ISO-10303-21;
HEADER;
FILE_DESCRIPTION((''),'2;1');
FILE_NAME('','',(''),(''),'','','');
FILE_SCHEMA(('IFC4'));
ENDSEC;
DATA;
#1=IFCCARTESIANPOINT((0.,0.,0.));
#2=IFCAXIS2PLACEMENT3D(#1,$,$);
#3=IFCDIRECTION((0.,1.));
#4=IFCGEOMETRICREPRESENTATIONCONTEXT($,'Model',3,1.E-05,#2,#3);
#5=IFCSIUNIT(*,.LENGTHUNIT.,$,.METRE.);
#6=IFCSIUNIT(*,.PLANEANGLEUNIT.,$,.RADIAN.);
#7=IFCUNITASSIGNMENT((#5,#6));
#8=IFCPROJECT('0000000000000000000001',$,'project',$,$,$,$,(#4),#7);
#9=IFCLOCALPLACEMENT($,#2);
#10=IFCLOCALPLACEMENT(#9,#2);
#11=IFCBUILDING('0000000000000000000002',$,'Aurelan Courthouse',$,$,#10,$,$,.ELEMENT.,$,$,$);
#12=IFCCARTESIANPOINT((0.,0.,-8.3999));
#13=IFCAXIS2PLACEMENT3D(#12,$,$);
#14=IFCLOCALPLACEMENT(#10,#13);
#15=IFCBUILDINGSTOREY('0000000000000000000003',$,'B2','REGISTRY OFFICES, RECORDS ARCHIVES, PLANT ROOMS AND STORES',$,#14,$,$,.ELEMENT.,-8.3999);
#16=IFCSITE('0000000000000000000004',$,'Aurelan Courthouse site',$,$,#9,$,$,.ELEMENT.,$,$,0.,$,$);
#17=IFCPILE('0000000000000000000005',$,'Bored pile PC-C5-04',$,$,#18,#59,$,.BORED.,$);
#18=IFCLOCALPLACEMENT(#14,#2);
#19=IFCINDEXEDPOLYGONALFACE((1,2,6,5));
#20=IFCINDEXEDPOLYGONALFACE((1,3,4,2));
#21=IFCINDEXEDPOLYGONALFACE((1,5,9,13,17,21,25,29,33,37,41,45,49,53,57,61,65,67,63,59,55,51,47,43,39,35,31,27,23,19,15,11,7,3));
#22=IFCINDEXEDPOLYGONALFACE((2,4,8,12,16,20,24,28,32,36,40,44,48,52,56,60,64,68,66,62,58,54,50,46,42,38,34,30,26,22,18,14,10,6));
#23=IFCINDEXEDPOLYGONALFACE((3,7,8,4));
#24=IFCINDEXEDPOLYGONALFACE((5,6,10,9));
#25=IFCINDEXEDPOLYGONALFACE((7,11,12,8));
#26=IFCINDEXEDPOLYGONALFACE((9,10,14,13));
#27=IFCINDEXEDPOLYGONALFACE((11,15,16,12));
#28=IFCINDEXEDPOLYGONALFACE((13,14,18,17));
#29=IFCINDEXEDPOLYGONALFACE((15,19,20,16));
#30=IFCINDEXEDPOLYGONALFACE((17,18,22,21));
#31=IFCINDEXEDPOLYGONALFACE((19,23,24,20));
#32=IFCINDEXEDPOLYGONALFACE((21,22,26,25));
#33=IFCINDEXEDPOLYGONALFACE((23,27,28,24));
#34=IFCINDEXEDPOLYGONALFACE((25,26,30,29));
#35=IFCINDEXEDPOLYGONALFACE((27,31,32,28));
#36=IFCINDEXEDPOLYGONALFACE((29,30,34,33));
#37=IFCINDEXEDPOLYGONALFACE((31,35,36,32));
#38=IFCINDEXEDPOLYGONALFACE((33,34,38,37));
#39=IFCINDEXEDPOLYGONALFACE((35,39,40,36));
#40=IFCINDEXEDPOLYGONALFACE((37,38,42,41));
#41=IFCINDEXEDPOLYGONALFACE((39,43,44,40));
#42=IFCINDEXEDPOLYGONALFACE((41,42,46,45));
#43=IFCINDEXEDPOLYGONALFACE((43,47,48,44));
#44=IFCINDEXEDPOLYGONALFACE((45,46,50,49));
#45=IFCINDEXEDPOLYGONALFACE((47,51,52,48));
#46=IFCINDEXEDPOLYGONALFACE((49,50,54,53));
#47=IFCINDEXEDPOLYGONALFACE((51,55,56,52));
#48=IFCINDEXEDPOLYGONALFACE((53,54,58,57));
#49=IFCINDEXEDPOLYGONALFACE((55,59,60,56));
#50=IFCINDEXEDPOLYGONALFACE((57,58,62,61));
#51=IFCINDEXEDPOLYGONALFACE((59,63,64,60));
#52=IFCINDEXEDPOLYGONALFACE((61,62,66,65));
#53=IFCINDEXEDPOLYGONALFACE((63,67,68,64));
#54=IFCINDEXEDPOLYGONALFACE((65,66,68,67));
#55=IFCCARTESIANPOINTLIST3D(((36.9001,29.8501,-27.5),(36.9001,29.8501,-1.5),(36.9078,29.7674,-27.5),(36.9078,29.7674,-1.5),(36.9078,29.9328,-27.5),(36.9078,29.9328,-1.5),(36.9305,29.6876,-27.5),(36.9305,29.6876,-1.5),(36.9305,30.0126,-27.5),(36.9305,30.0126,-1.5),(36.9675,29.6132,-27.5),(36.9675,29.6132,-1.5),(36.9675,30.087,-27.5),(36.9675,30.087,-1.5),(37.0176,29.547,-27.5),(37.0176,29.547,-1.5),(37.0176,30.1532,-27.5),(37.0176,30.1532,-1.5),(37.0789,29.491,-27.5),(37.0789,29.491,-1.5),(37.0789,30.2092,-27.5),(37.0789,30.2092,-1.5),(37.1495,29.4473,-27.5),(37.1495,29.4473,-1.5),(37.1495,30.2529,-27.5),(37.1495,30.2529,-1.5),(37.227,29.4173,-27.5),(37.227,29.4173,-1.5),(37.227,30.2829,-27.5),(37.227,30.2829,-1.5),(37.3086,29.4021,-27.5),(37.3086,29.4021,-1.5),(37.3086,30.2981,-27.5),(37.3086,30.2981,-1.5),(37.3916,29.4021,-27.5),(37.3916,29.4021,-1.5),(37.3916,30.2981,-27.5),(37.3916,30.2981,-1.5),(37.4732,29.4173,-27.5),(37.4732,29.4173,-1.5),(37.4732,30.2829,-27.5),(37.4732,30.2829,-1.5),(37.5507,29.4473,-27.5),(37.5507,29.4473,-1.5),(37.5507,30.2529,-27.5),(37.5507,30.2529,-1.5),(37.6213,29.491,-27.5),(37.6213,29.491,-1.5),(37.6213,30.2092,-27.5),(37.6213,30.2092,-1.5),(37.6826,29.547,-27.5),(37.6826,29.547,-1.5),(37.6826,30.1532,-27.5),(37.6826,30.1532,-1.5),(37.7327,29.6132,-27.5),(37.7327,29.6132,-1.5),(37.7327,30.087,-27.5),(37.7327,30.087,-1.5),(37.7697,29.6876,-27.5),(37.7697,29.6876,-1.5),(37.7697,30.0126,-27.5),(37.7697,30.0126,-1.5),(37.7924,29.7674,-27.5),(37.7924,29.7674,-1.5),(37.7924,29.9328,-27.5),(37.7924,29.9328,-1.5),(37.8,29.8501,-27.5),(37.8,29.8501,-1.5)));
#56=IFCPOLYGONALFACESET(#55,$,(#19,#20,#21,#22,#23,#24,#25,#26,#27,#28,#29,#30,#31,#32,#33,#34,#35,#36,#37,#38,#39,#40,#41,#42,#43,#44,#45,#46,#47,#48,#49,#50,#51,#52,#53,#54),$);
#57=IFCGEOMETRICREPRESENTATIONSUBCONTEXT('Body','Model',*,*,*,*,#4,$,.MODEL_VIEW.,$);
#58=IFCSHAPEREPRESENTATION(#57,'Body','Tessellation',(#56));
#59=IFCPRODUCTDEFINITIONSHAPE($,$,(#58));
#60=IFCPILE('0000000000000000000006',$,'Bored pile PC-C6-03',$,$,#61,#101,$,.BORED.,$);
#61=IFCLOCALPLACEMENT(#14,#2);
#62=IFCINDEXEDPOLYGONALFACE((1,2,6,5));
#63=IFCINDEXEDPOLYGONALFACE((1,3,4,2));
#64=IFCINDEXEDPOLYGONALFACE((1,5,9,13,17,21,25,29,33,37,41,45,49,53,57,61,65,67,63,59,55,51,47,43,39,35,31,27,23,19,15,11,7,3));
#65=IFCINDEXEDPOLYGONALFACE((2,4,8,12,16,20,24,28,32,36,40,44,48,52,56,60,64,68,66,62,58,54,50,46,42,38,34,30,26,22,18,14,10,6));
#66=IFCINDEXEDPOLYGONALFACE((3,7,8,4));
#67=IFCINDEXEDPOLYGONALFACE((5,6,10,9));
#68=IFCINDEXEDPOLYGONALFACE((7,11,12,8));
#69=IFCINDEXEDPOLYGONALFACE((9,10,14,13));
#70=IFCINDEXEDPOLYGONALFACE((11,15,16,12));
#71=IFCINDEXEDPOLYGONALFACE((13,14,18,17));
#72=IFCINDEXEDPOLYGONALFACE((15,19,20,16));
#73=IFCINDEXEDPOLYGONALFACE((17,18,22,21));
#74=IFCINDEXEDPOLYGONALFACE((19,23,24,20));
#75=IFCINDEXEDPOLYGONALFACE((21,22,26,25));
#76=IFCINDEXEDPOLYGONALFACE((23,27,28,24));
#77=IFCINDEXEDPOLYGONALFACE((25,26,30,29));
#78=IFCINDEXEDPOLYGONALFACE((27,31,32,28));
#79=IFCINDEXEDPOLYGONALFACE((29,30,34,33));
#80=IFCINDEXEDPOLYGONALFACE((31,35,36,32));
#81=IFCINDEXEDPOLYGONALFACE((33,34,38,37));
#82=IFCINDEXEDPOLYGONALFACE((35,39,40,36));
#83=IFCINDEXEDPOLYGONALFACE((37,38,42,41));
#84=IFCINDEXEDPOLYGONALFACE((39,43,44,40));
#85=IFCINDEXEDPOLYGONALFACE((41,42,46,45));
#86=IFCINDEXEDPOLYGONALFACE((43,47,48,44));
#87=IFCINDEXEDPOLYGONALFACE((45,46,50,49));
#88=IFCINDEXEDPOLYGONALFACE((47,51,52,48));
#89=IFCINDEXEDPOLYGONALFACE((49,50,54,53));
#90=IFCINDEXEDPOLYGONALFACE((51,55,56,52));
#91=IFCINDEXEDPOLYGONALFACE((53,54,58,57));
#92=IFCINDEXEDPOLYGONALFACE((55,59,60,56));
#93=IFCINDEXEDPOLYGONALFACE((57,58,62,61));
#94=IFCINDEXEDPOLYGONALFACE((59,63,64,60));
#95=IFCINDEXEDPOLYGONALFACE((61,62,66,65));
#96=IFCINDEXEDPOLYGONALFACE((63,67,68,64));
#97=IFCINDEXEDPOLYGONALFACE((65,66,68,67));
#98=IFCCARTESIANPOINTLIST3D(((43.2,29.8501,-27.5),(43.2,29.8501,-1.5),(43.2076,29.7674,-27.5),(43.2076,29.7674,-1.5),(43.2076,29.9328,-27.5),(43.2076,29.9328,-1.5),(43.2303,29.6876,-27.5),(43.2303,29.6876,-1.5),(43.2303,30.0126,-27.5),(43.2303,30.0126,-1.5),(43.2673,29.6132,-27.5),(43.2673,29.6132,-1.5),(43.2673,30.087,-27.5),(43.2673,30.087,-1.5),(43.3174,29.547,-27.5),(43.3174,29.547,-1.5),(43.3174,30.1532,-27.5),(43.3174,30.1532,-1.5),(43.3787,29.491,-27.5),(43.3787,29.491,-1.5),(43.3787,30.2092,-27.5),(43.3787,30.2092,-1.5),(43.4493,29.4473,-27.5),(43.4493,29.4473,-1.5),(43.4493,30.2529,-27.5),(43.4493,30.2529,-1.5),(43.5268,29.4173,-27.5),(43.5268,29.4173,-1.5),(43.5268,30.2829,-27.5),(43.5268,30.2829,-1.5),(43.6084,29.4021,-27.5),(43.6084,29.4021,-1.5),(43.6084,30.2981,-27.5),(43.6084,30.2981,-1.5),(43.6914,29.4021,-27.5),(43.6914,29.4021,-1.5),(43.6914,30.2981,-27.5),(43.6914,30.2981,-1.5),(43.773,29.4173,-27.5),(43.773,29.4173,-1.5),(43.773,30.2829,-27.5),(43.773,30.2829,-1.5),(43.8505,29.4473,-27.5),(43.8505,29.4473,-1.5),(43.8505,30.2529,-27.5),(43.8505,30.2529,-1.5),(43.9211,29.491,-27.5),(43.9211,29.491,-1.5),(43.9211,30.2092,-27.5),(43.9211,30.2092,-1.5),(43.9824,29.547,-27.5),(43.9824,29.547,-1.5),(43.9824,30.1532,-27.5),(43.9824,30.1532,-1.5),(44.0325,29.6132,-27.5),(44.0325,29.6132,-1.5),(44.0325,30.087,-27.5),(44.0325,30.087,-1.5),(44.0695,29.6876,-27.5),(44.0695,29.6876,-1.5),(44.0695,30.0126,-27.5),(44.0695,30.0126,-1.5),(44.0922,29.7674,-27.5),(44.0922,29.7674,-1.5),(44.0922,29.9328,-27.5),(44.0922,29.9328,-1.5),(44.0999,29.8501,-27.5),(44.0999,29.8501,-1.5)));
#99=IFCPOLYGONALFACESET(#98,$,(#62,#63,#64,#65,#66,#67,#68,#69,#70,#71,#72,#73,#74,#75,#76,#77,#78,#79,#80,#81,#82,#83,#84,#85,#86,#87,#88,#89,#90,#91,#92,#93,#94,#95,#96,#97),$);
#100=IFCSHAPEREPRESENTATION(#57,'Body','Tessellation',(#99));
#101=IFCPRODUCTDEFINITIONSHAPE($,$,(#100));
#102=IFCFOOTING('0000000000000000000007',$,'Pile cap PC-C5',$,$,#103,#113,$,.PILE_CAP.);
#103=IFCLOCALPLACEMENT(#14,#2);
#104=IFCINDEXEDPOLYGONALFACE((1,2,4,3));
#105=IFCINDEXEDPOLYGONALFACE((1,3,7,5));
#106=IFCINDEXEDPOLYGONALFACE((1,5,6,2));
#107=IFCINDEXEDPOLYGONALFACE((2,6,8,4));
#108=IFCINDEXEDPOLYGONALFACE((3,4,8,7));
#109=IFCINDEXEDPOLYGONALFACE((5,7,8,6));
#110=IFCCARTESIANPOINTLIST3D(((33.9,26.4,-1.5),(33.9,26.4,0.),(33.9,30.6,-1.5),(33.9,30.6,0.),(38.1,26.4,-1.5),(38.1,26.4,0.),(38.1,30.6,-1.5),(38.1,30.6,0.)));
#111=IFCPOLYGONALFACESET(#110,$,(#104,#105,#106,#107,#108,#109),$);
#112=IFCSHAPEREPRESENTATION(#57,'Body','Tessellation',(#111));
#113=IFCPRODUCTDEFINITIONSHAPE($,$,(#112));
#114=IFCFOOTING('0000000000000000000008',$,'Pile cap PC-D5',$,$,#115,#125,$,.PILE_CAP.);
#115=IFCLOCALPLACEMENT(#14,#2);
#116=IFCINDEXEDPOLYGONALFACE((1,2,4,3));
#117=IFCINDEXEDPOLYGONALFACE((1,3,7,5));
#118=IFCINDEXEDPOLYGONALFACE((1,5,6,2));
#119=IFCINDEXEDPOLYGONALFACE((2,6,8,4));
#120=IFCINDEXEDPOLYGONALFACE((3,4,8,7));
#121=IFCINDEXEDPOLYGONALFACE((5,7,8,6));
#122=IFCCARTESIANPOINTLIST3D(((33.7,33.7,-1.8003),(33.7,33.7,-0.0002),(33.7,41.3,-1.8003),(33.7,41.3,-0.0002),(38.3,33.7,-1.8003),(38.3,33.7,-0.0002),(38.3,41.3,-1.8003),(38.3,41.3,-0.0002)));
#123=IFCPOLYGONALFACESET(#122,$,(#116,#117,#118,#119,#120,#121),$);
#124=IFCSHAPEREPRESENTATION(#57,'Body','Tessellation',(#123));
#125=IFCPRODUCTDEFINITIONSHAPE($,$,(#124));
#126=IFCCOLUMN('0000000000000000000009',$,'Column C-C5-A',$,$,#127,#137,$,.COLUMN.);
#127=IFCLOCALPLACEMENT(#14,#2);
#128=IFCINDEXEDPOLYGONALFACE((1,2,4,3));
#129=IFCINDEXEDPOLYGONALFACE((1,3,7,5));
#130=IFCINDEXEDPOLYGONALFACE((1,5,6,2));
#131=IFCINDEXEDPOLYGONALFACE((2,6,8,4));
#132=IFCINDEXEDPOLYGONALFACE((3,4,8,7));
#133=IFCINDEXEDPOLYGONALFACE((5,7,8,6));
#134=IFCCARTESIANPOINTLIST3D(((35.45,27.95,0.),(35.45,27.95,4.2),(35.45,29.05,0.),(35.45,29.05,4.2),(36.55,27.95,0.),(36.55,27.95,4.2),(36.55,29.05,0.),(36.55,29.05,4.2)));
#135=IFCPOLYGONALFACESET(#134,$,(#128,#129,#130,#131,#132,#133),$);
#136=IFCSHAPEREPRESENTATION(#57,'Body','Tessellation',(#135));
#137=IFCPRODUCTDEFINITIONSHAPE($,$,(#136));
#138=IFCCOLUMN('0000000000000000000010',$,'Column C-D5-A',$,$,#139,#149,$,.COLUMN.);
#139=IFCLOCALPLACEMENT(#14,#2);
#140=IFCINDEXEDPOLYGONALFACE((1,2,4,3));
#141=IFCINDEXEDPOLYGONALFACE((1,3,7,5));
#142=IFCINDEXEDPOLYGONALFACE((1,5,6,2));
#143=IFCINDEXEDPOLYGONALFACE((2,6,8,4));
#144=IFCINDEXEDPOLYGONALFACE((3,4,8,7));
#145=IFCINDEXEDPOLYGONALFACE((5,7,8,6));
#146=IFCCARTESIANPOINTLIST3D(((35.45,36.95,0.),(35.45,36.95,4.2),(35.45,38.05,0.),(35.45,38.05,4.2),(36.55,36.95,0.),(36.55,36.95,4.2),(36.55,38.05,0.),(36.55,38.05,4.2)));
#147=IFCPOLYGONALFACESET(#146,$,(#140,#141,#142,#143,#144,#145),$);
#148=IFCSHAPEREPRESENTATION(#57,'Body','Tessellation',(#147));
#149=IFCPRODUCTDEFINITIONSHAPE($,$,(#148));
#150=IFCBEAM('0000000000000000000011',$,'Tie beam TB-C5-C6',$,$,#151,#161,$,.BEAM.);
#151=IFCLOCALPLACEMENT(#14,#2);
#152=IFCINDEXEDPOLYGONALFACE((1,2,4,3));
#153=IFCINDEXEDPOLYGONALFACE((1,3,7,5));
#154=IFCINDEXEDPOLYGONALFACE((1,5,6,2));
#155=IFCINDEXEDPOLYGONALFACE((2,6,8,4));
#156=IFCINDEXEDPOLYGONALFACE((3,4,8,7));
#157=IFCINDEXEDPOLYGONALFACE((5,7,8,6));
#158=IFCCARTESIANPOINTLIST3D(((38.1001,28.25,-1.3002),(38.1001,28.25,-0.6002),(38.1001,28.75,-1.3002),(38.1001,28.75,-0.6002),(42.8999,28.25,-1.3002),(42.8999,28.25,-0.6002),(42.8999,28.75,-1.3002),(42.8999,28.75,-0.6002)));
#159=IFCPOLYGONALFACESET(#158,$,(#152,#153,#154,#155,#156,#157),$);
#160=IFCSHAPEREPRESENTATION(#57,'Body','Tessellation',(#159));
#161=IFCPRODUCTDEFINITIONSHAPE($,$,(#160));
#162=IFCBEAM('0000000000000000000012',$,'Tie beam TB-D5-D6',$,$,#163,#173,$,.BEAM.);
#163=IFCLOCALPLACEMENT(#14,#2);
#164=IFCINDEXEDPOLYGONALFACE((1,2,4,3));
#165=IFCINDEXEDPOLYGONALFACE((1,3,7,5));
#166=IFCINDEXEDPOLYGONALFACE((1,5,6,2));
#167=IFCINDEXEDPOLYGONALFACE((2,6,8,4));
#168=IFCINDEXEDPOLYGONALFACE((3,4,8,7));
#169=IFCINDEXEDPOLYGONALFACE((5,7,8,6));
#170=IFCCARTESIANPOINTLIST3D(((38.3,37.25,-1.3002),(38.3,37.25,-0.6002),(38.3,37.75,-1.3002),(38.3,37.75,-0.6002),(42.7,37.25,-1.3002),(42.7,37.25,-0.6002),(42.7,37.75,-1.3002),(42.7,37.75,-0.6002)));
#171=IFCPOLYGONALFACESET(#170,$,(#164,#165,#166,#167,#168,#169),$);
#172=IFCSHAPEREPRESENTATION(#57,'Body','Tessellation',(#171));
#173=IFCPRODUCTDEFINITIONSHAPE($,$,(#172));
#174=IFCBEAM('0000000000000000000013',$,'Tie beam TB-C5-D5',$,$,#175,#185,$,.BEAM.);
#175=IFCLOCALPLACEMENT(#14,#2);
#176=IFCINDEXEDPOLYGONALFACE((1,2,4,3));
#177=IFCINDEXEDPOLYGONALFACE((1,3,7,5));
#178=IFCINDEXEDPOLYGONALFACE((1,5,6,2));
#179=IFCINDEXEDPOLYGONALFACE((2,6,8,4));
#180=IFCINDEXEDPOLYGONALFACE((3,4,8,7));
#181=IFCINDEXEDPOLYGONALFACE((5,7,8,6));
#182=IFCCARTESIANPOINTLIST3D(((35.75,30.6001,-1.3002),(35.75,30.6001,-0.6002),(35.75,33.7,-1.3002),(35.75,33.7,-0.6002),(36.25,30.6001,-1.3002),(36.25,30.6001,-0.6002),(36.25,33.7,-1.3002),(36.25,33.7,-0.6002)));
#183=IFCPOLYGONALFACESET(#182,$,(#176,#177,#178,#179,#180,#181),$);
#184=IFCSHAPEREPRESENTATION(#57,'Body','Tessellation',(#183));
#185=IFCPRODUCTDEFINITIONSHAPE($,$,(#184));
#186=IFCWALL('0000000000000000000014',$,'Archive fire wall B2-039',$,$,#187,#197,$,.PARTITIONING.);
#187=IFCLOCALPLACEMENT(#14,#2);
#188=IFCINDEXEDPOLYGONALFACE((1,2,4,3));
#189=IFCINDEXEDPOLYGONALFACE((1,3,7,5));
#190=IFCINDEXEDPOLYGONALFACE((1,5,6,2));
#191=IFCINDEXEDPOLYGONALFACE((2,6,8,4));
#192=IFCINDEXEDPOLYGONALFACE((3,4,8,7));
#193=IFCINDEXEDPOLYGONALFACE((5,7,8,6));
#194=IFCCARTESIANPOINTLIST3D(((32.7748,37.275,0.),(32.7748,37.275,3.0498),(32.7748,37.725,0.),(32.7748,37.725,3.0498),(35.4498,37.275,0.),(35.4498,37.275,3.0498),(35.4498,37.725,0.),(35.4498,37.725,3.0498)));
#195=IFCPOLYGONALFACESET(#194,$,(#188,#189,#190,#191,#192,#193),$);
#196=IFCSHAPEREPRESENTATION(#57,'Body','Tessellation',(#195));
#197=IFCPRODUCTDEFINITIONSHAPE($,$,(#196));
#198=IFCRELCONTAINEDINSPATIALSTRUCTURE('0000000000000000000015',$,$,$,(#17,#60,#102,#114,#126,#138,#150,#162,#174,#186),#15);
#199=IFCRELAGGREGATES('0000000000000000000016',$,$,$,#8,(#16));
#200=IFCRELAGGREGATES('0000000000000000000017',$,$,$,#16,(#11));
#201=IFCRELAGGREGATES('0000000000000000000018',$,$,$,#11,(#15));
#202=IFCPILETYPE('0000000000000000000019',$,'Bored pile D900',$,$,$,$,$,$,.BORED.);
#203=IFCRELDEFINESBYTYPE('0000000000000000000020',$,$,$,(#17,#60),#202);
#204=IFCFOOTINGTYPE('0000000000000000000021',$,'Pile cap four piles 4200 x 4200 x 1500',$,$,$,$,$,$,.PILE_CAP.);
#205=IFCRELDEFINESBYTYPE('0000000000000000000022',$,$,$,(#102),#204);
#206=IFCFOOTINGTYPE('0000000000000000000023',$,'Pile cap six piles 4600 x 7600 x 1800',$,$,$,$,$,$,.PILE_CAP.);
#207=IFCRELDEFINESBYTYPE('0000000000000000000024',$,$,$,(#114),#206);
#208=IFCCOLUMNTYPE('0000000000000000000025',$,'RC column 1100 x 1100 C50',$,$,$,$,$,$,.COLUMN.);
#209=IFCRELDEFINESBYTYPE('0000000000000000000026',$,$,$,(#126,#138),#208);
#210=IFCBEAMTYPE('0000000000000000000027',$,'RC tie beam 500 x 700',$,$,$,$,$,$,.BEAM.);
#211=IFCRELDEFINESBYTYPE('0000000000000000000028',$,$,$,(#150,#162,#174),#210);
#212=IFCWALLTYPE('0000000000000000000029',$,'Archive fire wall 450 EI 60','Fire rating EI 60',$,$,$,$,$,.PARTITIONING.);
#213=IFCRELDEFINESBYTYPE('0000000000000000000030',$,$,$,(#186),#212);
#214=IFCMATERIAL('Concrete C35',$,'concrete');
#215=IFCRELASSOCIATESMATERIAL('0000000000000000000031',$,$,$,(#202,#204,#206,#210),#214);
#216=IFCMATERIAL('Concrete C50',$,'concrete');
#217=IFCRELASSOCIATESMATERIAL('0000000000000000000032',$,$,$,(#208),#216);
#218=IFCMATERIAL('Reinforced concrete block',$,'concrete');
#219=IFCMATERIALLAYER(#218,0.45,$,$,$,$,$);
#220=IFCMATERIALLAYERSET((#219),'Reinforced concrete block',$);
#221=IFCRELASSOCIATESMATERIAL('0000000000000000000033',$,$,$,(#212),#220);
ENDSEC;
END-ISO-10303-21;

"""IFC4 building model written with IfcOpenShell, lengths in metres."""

from ifc_helpers import new_model, si_unit, direction, frame, frame_2d, origin, origin_2d, place, context, subcontext, project, spatial, rectangle, circle, extrude, material, layer, layer_set, material_profile, profile_set, type_object, element, save


model = new_model("IFC4")

# Units and contexts
model_context = context("Model", 3, precision=1e-05, world=origin(), true_north=direction((0.0, 1.0)))
body_context = subcontext(model_context, "Body", "Model", "MODEL_VIEW")
ifc_project = project(units=[si_unit("LENGTHUNIT", "METRE"), si_unit("PLANEANGLEUNIT", "RADIAN")], contexts=[model_context])

# Site, building, storey
site_placement = place(None, origin())
site = spatial("IfcSite", under=ifc_project, at=site_placement, Name="Aurelan Courthouse site", CompositionType="ELEMENT", RefElevation=0.0)
building_placement = place(site_placement, origin())
building = spatial("IfcBuilding", under=site, at=building_placement, Name="Aurelan Courthouse", CompositionType="ELEMENT")
storey_placement = place(building_placement, frame((0.0, 0.0, -8.3999)))
storey = spatial("IfcBuildingStorey", under=building, at=storey_placement, Name="B2", Description="REGISTRY OFFICES, RECORDS ARCHIVES, PLANT ROOMS AND STORES", CompositionType="ELEMENT", Elevation=-8.3999)

# Piles
ifc_material_1 = material(Name="Concrete C35", Category="concrete")
ifc_material_profile_1 = material_profile(ifc_material_1, circle(Radius=0.45, at=origin_2d()), Name="D900")
ifc_profile_set_1 = profile_set([ifc_material_profile_1], Name="Concrete C35")
pile_type_1 = type_object("IfcPileType", Name="Bored pile D900", PredefinedType="BORED", material=ifc_profile_set_1)
for number, where, z_axis, x_axis, name in (
    (1, (37.3501, 29.8501, -1.5), (0.0, 0.0, -1.0), (1.0, 0.0, 0.0), "Bored pile PC-C5-04"),
    (2, (43.6499, 29.8501, -1.5), (0.0, 0.0, -1.0), (1.0, 0.0, 0.0), "Bored pile PC-C6-03"),
):
    element("IfcPile", number, at=place(storey_placement, frame(where, z_axis=z_axis, x_axis=x_axis)), inside=storey, type_object=pile_type_1, Name=name, PredefinedType="BORED", context=body_context, shape_type="SweptSolid", body=[
        extrude(circle(Radius=0.45, at=origin_2d()), origin(), (0.0, 0.0, 1.0), 26.0),
    ])

# Footings
footing_type_1 = type_object("IfcFootingType", Name="Pile cap four piles 4200 x 4200 x 1500", PredefinedType="PILE_CAP", material=ifc_material_1)
footing_1_placement = place(storey_placement, frame((36.0, 28.5, -1.5), z_axis=(0.0, 0.0, 1.0), x_axis=(1.0, 0.0, 0.0)))
element("IfcFooting", 3, at=footing_1_placement, inside=storey, type_object=footing_type_1, Name="Pile cap PC-C5", PredefinedType="PILE_CAP", context=body_context, shape_type="SweptSolid", body=[
    extrude(rectangle(XDim=4.2, YDim=4.2, at=origin_2d()), origin(), (0.0, 0.0, 1.0), 1.5),
])
footing_type_2 = type_object("IfcFootingType", Name="Pile cap six piles 4600 x 7600 x 1800", PredefinedType="PILE_CAP", material=ifc_material_1)
footing_2_placement = place(storey_placement, frame((36.0, 37.5, -1.8003), z_axis=(0.0, 0.0, 1.0), x_axis=(1.0, 0.0, 0.0)))
element("IfcFooting", 4, at=footing_2_placement, inside=storey, type_object=footing_type_2, Name="Pile cap PC-D5", PredefinedType="PILE_CAP", context=body_context, shape_type="SweptSolid", body=[
    extrude(rectangle(XDim=4.6001, YDim=7.6001, at=origin_2d()), origin(), (0.0, 0.0, 1.0), 1.8),
])

# Columns
ifc_material_2 = material(Name="Concrete C50", Category="concrete")
ifc_material_profile_2 = material_profile(ifc_material_2, rectangle(XDim=1.1001, YDim=1.1001, at=origin_2d()), Name="RC 1100 x 1100")
ifc_profile_set_2 = profile_set([ifc_material_profile_2], Name="Concrete C50")
column_type = type_object("IfcColumnType", Name="RC column 1100 x 1100 C50", PredefinedType="COLUMN", material=ifc_profile_set_2)
for number, where, z_axis, x_axis, name in (
    (5, (36.0, 28.5, 0.0), (0.0, 0.0, 1.0), (1.0, 0.0, 0.0), "Column C-C5-A"),
    (6, (36.0, 37.5, 0.0), (0.0, 0.0, 1.0), (1.0, 0.0, 0.0), "Column C-D5-A"),
):
    element("IfcColumn", number, at=place(storey_placement, frame(where, z_axis=z_axis, x_axis=x_axis)), inside=storey, type_object=column_type, Name=name, PredefinedType="COLUMN", context=body_context, shape_type="SweptSolid", body=[
        extrude(rectangle(XDim=1.1001, YDim=1.1001, at=origin_2d()), origin(), (0.0, 0.0, 1.0), 4.2),
    ])

# Beams
ifc_material_profile_3 = material_profile(ifc_material_1, rectangle(XDim=0.5, YDim=0.7, at=origin_2d()), Name="RC 500 x 700")
ifc_profile_set_3 = profile_set([ifc_material_profile_3], Name="Concrete C35")
beam_type = type_object("IfcBeamType", Name="RC tie beam 500 x 700", PredefinedType="BEAM", material=ifc_profile_set_3)
beam_1_placement = place(storey_placement, frame((38.1001, 28.5, -0.9502), z_axis=(1.0, 0.0, 0.0), x_axis=(0.0, 1.0, 0.0)))
element("IfcBeam", 7, at=beam_1_placement, inside=storey, type_object=beam_type, Name="Tie beam TB-C5-C6", PredefinedType="BEAM", context=body_context, shape_type="SweptSolid", body=[
    extrude(rectangle(XDim=0.5, YDim=0.7, at=origin_2d()), origin(), (0.0, 0.0, 1.0), 4.7998),
])
beam_2_placement = place(storey_placement, frame((38.3, 37.5, -0.9502), z_axis=(1.0, 0.0, 0.0), x_axis=(0.0, 1.0, 0.0)))
element("IfcBeam", 8, at=beam_2_placement, inside=storey, type_object=beam_type, Name="Tie beam TB-D5-D6", PredefinedType="BEAM", context=body_context, shape_type="SweptSolid", body=[
    extrude(rectangle(XDim=0.5, YDim=0.7, at=origin_2d()), origin(), (0.0, 0.0, 1.0), 4.3999),
])
beam_3_placement = place(storey_placement, frame((36.0, 30.6001, -0.9502), z_axis=(0.0, 1.0, 0.0), x_axis=(-1.0, 0.0, 0.0)))
element("IfcBeam", 9, at=beam_3_placement, inside=storey, type_object=beam_type, Name="Tie beam TB-C5-D5", PredefinedType="BEAM", context=body_context, shape_type="SweptSolid", body=[
    extrude(rectangle(XDim=0.5, YDim=0.7, at=origin_2d()), origin(), (0.0, 0.0, 1.0), 3.0999),
])

# Wall
ifc_material_3 = material(Name="Reinforced concrete block", Category="concrete")
ifc_layer_1 = layer(ifc_material_3, 0.45)
ifc_layer_set_1 = layer_set([ifc_layer_1], Name="Reinforced concrete block")
wall_type_1 = type_object("IfcWallType", Name="Archive fire wall 450 EI 60", Description="Fire rating EI 60", PredefinedType="PARTITIONING", material=ifc_layer_set_1)
wall_1_placement = place(storey_placement, frame((32.7749, 37.5, 0.0), z_axis=(0.0, 0.0, 1.0), x_axis=(1.0, 0.0, 0.0)))
element("IfcWall", 10, at=wall_1_placement, inside=storey, type_object=wall_type_1, Name="Archive fire wall B2-039", PredefinedType="PARTITIONING", context=body_context, shape_type="SweptSolid", body=[
    extrude(rectangle(XDim=2.675, YDim=0.45, at=frame_2d((1.3374, 0.0))), origin(), (0.0, 0.0, 1.0), 3.0498),
])

save(model, "model.ifc")
